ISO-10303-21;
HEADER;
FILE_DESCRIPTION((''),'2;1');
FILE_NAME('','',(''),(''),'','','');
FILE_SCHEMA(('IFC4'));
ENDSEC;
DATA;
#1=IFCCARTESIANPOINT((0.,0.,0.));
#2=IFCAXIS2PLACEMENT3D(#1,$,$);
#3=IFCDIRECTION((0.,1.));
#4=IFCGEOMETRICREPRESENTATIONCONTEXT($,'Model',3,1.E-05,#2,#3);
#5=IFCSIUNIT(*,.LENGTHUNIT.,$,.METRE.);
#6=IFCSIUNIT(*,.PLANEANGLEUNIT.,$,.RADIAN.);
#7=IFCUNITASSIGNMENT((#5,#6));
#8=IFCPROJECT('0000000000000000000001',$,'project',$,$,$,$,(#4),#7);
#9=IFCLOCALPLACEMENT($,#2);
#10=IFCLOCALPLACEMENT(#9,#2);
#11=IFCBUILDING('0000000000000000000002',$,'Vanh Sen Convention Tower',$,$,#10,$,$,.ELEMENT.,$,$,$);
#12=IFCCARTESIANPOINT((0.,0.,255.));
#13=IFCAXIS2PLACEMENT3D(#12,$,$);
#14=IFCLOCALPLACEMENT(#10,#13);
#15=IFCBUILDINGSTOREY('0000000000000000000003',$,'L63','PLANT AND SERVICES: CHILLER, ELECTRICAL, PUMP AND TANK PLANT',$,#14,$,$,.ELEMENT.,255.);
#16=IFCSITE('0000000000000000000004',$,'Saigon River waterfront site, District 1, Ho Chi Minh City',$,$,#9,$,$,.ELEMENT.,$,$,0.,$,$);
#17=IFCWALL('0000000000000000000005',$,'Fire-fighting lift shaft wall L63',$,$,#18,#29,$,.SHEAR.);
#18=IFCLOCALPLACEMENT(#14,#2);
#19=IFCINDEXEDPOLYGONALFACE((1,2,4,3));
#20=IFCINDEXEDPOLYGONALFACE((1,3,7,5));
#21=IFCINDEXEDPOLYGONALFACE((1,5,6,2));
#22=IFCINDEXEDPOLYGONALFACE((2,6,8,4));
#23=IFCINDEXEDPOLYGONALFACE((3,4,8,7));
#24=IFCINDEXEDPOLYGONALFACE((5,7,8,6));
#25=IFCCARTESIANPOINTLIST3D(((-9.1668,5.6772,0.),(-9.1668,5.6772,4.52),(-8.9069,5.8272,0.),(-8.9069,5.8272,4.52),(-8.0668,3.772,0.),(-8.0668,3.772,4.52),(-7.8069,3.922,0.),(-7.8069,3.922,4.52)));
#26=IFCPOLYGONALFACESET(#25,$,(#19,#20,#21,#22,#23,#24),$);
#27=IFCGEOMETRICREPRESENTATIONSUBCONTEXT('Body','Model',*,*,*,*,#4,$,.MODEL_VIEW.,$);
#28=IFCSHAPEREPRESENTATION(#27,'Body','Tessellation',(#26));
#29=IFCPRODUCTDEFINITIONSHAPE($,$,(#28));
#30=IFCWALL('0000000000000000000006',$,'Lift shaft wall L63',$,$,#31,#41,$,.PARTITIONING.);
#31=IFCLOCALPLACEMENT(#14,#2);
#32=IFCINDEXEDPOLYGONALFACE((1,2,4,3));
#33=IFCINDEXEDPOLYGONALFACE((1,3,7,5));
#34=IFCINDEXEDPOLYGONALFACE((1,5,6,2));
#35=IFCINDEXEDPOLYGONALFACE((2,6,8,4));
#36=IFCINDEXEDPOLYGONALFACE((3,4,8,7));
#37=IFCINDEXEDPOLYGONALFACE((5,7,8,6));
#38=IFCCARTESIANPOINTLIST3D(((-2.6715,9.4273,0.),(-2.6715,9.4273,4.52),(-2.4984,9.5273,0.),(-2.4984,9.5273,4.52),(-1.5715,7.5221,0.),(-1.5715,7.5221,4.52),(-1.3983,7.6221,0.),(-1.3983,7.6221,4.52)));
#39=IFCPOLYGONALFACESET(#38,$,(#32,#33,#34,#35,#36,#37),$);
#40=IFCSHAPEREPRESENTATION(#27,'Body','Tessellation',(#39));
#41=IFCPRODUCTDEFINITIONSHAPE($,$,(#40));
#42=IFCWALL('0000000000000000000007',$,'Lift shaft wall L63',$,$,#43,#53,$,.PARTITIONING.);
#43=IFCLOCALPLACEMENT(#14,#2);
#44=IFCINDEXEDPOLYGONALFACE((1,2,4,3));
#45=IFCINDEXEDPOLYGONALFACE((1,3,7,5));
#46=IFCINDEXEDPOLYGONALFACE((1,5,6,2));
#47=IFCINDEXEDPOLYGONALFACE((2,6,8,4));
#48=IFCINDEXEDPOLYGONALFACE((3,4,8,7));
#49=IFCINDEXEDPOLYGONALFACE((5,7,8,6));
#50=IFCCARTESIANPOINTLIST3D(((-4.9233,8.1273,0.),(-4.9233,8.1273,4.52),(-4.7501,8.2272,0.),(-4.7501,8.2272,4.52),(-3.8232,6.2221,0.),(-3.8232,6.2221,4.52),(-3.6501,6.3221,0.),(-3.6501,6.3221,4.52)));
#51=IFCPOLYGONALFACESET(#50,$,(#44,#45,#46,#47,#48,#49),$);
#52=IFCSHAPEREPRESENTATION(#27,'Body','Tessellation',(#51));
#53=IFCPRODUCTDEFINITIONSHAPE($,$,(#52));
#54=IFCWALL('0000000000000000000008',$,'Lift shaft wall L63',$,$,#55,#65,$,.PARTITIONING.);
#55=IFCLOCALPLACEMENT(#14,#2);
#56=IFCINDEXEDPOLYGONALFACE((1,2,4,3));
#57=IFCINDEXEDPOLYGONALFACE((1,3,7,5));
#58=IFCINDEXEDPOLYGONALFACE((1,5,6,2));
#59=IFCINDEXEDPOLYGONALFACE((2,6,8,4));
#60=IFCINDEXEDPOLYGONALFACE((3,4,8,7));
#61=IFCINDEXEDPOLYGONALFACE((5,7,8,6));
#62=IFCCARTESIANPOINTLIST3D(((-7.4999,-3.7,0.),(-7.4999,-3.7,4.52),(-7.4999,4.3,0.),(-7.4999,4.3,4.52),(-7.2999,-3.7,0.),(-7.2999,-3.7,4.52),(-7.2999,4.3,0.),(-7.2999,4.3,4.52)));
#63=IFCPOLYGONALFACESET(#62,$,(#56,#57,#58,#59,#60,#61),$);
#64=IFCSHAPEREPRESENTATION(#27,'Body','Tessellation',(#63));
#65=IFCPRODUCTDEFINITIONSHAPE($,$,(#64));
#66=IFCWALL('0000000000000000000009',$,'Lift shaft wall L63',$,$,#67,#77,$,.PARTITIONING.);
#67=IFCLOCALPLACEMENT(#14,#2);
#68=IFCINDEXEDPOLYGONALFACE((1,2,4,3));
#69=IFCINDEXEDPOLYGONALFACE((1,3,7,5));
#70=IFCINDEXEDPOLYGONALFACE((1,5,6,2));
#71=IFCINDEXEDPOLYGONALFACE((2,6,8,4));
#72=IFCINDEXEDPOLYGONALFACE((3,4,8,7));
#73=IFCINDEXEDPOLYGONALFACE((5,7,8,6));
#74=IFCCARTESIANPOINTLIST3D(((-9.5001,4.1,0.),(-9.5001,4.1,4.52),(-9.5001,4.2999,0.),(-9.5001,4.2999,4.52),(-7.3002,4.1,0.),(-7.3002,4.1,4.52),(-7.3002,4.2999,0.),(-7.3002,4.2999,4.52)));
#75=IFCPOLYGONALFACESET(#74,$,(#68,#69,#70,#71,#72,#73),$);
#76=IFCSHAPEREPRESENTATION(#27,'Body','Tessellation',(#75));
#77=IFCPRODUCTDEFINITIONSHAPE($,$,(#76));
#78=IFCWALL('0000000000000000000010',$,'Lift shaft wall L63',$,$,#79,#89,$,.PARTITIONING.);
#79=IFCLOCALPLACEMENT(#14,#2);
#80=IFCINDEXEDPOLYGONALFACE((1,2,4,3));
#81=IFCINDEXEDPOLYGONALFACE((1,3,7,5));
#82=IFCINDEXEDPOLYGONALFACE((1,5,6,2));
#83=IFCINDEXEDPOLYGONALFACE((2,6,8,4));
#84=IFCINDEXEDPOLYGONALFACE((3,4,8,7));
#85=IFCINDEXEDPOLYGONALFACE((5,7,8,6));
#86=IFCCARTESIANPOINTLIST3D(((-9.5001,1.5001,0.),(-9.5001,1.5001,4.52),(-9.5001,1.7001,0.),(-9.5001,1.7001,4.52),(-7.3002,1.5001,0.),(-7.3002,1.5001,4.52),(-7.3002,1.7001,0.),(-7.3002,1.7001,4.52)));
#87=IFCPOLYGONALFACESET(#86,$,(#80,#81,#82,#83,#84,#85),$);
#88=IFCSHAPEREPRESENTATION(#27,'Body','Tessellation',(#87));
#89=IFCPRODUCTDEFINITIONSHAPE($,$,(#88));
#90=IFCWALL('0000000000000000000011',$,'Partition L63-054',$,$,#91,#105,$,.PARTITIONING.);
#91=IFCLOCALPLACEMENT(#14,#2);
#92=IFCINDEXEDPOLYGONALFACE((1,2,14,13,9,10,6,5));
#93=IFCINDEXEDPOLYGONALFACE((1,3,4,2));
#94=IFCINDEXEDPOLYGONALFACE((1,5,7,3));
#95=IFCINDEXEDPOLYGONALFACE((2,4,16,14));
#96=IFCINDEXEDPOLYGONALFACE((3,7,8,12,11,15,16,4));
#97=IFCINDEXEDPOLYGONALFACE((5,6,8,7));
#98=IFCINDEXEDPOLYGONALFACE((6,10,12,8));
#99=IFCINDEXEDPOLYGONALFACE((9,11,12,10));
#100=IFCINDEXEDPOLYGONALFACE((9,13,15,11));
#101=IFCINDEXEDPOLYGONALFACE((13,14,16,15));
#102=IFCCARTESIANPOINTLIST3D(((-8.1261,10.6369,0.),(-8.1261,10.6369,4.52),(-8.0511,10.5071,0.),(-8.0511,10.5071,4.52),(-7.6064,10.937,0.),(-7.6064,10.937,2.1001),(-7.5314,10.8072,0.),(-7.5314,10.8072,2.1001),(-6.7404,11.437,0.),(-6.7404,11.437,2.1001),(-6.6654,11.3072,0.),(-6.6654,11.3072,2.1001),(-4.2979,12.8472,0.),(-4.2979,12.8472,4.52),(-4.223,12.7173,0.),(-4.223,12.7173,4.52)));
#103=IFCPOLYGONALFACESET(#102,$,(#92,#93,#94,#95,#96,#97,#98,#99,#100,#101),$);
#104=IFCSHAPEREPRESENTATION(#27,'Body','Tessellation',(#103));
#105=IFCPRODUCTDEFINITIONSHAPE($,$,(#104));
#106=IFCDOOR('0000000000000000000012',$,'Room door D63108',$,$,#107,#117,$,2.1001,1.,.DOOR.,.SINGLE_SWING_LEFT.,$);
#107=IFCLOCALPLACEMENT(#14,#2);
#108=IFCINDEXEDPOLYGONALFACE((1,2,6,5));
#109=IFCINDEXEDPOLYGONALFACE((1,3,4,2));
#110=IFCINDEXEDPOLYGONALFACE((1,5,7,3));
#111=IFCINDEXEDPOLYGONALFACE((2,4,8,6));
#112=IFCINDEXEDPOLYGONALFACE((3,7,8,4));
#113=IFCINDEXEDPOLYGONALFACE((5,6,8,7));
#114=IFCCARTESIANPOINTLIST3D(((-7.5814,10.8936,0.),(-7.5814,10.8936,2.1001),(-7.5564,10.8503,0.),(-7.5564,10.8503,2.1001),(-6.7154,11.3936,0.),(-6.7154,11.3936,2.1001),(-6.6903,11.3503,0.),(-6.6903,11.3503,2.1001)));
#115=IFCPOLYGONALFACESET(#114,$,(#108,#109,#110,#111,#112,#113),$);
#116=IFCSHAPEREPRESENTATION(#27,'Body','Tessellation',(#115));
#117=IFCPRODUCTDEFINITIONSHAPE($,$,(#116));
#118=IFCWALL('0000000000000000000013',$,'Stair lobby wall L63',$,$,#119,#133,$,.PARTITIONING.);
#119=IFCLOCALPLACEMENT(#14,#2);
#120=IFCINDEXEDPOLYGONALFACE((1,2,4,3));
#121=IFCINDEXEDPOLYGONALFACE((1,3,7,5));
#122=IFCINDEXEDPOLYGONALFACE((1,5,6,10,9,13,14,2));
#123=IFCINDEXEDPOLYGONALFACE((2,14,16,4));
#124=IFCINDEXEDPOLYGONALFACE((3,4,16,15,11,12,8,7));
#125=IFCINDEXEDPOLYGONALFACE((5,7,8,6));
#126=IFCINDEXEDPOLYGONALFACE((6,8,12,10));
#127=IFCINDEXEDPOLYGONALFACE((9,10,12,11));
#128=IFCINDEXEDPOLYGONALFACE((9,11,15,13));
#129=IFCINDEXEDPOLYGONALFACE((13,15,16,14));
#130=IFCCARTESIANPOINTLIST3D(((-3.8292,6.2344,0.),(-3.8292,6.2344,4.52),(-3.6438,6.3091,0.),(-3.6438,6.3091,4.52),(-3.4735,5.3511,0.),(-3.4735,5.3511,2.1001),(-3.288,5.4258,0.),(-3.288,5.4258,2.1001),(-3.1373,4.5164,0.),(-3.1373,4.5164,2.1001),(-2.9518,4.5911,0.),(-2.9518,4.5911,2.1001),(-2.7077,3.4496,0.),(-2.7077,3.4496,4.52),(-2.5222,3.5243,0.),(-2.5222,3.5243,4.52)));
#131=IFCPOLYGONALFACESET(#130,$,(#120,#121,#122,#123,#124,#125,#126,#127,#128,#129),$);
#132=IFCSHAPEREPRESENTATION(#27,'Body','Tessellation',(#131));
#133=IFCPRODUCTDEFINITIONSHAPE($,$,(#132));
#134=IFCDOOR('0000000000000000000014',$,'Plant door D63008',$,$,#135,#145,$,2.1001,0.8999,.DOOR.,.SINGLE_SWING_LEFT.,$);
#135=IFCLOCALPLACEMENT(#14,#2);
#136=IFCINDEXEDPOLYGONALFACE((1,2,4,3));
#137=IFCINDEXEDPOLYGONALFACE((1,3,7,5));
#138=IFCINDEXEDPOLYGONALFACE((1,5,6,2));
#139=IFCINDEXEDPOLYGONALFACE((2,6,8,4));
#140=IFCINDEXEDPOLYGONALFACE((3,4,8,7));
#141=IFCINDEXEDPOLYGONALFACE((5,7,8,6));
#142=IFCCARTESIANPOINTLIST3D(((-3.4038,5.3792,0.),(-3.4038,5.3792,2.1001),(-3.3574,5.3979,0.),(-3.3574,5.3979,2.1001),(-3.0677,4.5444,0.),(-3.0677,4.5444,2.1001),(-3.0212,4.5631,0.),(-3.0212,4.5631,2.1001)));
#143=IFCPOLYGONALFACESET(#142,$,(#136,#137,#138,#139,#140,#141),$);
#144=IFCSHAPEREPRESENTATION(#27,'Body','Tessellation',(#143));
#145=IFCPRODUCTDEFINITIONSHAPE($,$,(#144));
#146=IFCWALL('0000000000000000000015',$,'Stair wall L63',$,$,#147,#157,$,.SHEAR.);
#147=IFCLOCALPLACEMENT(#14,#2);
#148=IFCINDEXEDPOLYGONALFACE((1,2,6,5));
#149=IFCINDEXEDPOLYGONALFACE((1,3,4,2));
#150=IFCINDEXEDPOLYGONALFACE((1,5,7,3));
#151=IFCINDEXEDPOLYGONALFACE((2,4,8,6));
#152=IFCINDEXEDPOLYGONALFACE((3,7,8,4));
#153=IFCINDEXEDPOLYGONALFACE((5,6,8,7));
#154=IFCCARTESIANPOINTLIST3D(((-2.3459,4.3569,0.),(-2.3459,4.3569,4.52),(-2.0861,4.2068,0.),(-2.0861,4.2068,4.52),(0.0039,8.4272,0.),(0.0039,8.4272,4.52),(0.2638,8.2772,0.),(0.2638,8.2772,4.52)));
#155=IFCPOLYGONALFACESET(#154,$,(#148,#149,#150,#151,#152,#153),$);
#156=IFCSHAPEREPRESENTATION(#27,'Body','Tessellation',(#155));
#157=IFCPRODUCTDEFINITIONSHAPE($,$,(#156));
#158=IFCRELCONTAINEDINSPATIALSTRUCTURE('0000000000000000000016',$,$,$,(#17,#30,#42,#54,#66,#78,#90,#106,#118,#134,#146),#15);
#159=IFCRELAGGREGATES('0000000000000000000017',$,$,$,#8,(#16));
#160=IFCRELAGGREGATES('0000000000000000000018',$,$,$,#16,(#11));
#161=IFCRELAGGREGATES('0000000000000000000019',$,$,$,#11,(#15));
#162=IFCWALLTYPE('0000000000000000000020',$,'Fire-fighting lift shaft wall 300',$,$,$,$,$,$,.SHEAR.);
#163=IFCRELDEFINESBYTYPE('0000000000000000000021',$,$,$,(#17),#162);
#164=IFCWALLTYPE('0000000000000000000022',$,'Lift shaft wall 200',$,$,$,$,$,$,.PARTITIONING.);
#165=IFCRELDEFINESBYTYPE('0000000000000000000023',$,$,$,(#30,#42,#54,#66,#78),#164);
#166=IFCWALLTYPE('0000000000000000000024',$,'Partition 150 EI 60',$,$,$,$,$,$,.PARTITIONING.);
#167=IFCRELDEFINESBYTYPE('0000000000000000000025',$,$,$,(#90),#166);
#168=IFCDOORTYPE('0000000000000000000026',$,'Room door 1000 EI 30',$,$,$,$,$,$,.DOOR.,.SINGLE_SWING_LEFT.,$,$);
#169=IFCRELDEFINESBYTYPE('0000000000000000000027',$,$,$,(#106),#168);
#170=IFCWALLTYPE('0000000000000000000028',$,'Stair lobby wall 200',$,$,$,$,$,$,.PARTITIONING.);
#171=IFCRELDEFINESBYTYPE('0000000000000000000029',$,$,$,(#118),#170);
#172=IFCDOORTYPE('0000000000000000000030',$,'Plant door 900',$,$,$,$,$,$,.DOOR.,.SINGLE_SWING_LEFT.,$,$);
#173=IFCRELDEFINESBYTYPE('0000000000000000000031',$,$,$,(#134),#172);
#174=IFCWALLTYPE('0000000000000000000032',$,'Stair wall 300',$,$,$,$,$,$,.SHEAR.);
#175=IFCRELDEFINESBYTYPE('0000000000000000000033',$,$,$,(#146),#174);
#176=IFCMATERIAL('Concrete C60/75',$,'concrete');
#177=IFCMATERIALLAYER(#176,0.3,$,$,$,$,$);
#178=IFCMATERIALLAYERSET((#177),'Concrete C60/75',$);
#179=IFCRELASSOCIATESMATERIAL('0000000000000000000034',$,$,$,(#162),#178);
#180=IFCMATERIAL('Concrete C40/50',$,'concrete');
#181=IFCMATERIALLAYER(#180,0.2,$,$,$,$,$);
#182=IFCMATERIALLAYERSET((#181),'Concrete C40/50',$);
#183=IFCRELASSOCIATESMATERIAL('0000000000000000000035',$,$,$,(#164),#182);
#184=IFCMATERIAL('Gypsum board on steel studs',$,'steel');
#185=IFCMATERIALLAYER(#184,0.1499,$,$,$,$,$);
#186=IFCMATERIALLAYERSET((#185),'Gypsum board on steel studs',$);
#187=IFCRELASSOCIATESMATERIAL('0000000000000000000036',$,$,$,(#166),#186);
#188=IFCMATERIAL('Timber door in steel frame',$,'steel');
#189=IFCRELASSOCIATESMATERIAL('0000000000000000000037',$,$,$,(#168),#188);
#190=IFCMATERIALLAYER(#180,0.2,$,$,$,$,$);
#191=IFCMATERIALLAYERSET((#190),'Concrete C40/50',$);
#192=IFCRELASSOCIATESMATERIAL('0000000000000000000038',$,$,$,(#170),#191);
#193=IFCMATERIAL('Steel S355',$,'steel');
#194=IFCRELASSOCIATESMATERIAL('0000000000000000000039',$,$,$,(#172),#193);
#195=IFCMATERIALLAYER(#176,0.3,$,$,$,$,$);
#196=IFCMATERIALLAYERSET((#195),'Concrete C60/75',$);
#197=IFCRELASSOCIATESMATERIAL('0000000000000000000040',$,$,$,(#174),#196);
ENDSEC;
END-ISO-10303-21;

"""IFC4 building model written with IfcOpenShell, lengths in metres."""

from ifc_helpers import new_model, si_unit, direction, frame, frame_2d, origin, place, context, subcontext, project, spatial, rectangle, extrude, material, layer, layer_set, type_object, element, fill, save


model = new_model("IFC4")

# Units and contexts
model_context = context("Model", 3, precision=1e-05, world=origin(), true_north=direction((0.0, 1.0)))
body_context = subcontext(model_context, "Body", "Model", "MODEL_VIEW")
ifc_project = project(units=[si_unit("LENGTHUNIT", "METRE"), si_unit("PLANEANGLEUNIT", "RADIAN")], contexts=[model_context])

# Site, building, storey
site_placement = place(None, origin())
site = spatial("IfcSite", under=ifc_project, at=site_placement, Name="Saigon River waterfront site, District 1, Ho Chi Minh City", CompositionType="ELEMENT", RefElevation=0.0)
building_placement = place(site_placement, origin())
building = spatial("IfcBuilding", under=site, at=building_placement, Name="Vanh Sen Convention Tower", CompositionType="ELEMENT")
storey_placement = place(building_placement, frame((0.0, 0.0, 255.0)))
storey = spatial("IfcBuildingStorey", under=building, at=storey_placement, Name="L63", Description="PLANT AND SERVICES: CHILLER, ELECTRICAL, PUMP AND TANK PLANT", CompositionType="ELEMENT", Elevation=255.0)

# Shared definitions
ifc_material_1 = material(Name="Concrete C40/50", Category="concrete")

# Shared definitions
ifc_material_2 = material(Name="Concrete C60/75", Category="concrete")

# Shared definitions
ifc_layer_1 = layer(ifc_material_2, 0.3)
ifc_layer_set_1 = layer_set([ifc_layer_1], Name="Concrete C60/75")
wall_type_1 = type_object("IfcWallType", Name="Fire-fighting lift shaft wall 300", PredefinedType="SHEAR", material=ifc_layer_set_1)

# Walls
wall_1_placement = place(storey_placement, frame((-7.9368, 3.8469, 0.0), z_axis=(0.0, 0.0, 1.0), x_axis=(-0.50003, 0.866008, 0.0)))
element("IfcWall", 1, at=wall_1_placement, inside=storey, type_object=wall_type_1, Name="Fire-fighting lift shaft wall L63", PredefinedType="SHEAR", context=body_context, shape_type="SweptSolid", body=[
    extrude(rectangle(XDim=2.2, YDim=0.3, at=frame_2d((1.1001, 0.0))), origin(), (0.0, 0.0, 1.0), 4.52),
])
ifc_layer_2 = layer(ifc_material_1, 0.2)
ifc_layer_set_2 = layer_set([ifc_layer_2], Name="Concrete C40/50")
wall_type_2 = type_object("IfcWallType", Name="Lift shaft wall 200", PredefinedType="PARTITIONING", material=ifc_layer_set_2)
for number, where, z_axis, x_axis, name in (
    (2, (-1.4849, 7.572, 0.0), (0.0, 0.0, 1.0), (-0.50003, 0.866008, 0.0), "Lift shaft wall L63"),
    (3, (-3.7366, 6.272, 0.0), (0.0, 0.0, 1.0), (-0.50003, 0.866008, 0.0), "Lift shaft wall L63"),
):
    element("IfcWall", number, at=place(storey_placement, frame(where, z_axis=z_axis, x_axis=x_axis)), inside=storey, type_object=wall_type_2, Name=name, PredefinedType="PARTITIONING", context=body_context, shape_type="SweptSolid", body=[
        extrude(rectangle(XDim=2.2, YDim=0.2, at=frame_2d((1.1001, 0.0))), origin(), (0.0, 0.0, 1.0), 4.52),
    ])
wall_2_placement = place(storey_placement, frame((-7.3999, 4.3, 0.0), z_axis=(0.0, 0.0, 1.0), x_axis=(0.0, -1.0, 0.0)))
element("IfcWall", 4, at=wall_2_placement, inside=storey, type_object=wall_type_2, Name="Lift shaft wall L63", PredefinedType="PARTITIONING", context=body_context, shape_type="SweptSolid", body=[
    extrude(rectangle(XDim=8.0, YDim=0.2, at=frame_2d((4.0, 0.0))), origin(), (0.0, 0.0, 1.0), 4.52),
])
for number, where, z_axis, x_axis, name in (
    (5, (-7.3, 4.2, 0.0), (0.0, 0.0, 1.0), (-1.0, 0.0, 0.0), "Lift shaft wall L63"),
    (6, (-7.3, 1.6001, 0.0), (0.0, 0.0, 1.0), (-1.0, 0.0, 0.0), "Lift shaft wall L63"),
):
    element("IfcWall", number, at=place(storey_placement, frame(where, z_axis=z_axis, x_axis=x_axis)), inside=storey, type_object=wall_type_2, Name=name, PredefinedType="PARTITIONING", context=body_context, shape_type="SweptSolid", body=[
        extrude(rectangle(XDim=2.2, YDim=0.2, at=frame_2d((1.1001, 0.0))), origin(), (0.0, 0.0, 1.0), 4.52),
    ])

# Walls, openings, doors
ifc_material_3 = material(Name="Gypsum board on steel studs", Category="steel")
ifc_layer_3 = layer(ifc_material_3, 0.1499)
ifc_layer_set_3 = layer_set([ifc_layer_3], Name="Gypsum board on steel studs")
wall_type_3 = type_object("IfcWallType", Name="Partition 150 EI 60", PredefinedType="PARTITIONING", material=ifc_layer_set_3)
wall_3_placement = place(storey_placement, frame((-8.0886, 10.572, 0.0), z_axis=(0.0, 0.0, 1.0), x_axis=(0.866022, 0.500006, 0.0)))
wall_3 = element("IfcWall", 7, at=wall_3_placement, inside=storey, type_object=wall_type_3, Name="Partition L63-054", PredefinedType="PARTITIONING", context=body_context, shape_type="SweptSolid", body=[
    extrude(rectangle(XDim=4.4204, YDim=0.1499, at=frame_2d((2.2102, 0.0))), origin(), (0.0, 0.0, 1.0), 4.52),
])
opening_1_placement = place(wall_3_placement, frame((0.6001, 0.0, 0.0)))
opening_1 = element("IfcOpeningElement", 8, at=opening_1_placement, cuts=wall_3, PredefinedType="OPENING", context=body_context, shape_type="SweptSolid", body=[
    extrude(rectangle(XDim=1.0, YDim=2.1001, at=frame_2d((0.5, 1.05))), frame((0.0, 0.085, 0.0), z_axis=(0.0, -1.0, 0.0), x_axis=(1.0, 0.0, 0.0)), (0.0, 0.0, 1.0), 0.1699),
])
ifc_material_4 = material(Name="Timber door in steel frame", Category="steel")
door_type_1 = type_object("IfcDoorType", Name="Room door 1000 EI 30", OperationType="SINGLE_SWING_LEFT", PredefinedType="DOOR", material=ifc_material_4)
door_1_placement = place(opening_1_placement, origin())
door_1 = element("IfcDoor", 9, at=door_1_placement, inside=storey, type_object=door_type_1, Name="Room door D63108", OperationType="SINGLE_SWING_LEFT", OverallHeight=2.1001, OverallWidth=1.0, PredefinedType="DOOR", context=body_context, shape_type="SweptSolid", body=[
    extrude(rectangle(XDim=1.0, YDim=2.1001, at=frame_2d((0.5, 1.05))), frame((0.0, 0.0249, 0.0), z_axis=(0.0, -1.0, 0.0), x_axis=(1.0, 0.0, 0.0)), (0.0, 0.0, 1.0), 0.05),
])
fill(opening_1, door_1)
ifc_layer_4 = layer(ifc_material_1, 0.2)
ifc_layer_set_4 = layer_set([ifc_layer_4], Name="Concrete C40/50")
wall_type_4 = type_object("IfcWallType", Name="Stair lobby wall 200", PredefinedType="PARTITIONING", material=ifc_layer_set_4)
wall_4_placement = place(storey_placement, frame((-2.615, 3.4871, 0.0), z_axis=(0.0, 0.0, 1.0), x_axis=(-0.373577, 0.927599, 0.0)))
wall_4 = element("IfcWall", 10, at=wall_4_placement, inside=storey, type_object=wall_type_4, Name="Stair lobby wall L63", PredefinedType="PARTITIONING", context=body_context, shape_type="SweptSolid", body=[
    extrude(rectangle(XDim=3.0022, YDim=0.2, at=frame_2d((1.501, 0.0))), origin(), (0.0, 0.0, 1.0), 4.52),
])
opening_2_placement = place(wall_4_placement, frame((1.1499, 0.0, 0.0)))
opening_2 = element("IfcOpeningElement", 11, at=opening_2_placement, cuts=wall_4, PredefinedType="OPENING", context=body_context, shape_type="SweptSolid", body=[
    extrude(rectangle(XDim=0.8999, YDim=2.1001, at=frame_2d((0.45, 1.05))), frame((0.0, 0.1099, 0.0), z_axis=(0.0, -1.0, 0.0), x_axis=(1.0, 0.0, 0.0)), (0.0, 0.0, 1.0), 0.22),
])
ifc_material_5 = material(Name="Steel S355", Category="steel")
door_type_2 = type_object("IfcDoorType", Name="Plant door 900", OperationType="SINGLE_SWING_LEFT", PredefinedType="DOOR", material=ifc_material_5)
door_2_placement = place(opening_2_placement, origin())
door_2 = element("IfcDoor", 12, at=door_2_placement, inside=storey, type_object=door_type_2, Name="Plant door D63008", OperationType="SINGLE_SWING_LEFT", OverallHeight=2.1001, OverallWidth=0.8999, PredefinedType="DOOR", context=body_context, shape_type="SweptSolid", body=[
    extrude(rectangle(XDim=0.8999, YDim=2.1001, at=frame_2d((0.45, 1.05))), frame((0.0, 0.0249, 0.0), z_axis=(0.0, -1.0, 0.0), x_axis=(1.0, 0.0, 0.0)), (0.0, 0.0, 1.0), 0.05),
])
fill(opening_2, door_2)

# Wall
ifc_layer_5 = layer(ifc_material_2, 0.3)
ifc_layer_set_5 = layer_set([ifc_layer_5], Name="Concrete C60/75")
wall_type_5 = type_object("IfcWallType", Name="Stair wall 300", PredefinedType="SHEAR", material=ifc_layer_set_5)
wall_5_placement = place(storey_placement, frame((-2.2161, 4.2817, 0.0), z_axis=(0.0, 0.0, 1.0), x_axis=(0.499977, 0.866039, 0.0)))
element("IfcWall", 13, at=wall_5_placement, inside=storey, type_object=wall_type_5, Name="Stair wall L63", PredefinedType="SHEAR", context=body_context, shape_type="SweptSolid", body=[
    extrude(rectangle(XDim=4.7, YDim=0.3, at=frame_2d((2.3501, 0.0))), origin(), (0.0, 0.0, 1.0), 4.52),
])

save(model, "model.ifc")
